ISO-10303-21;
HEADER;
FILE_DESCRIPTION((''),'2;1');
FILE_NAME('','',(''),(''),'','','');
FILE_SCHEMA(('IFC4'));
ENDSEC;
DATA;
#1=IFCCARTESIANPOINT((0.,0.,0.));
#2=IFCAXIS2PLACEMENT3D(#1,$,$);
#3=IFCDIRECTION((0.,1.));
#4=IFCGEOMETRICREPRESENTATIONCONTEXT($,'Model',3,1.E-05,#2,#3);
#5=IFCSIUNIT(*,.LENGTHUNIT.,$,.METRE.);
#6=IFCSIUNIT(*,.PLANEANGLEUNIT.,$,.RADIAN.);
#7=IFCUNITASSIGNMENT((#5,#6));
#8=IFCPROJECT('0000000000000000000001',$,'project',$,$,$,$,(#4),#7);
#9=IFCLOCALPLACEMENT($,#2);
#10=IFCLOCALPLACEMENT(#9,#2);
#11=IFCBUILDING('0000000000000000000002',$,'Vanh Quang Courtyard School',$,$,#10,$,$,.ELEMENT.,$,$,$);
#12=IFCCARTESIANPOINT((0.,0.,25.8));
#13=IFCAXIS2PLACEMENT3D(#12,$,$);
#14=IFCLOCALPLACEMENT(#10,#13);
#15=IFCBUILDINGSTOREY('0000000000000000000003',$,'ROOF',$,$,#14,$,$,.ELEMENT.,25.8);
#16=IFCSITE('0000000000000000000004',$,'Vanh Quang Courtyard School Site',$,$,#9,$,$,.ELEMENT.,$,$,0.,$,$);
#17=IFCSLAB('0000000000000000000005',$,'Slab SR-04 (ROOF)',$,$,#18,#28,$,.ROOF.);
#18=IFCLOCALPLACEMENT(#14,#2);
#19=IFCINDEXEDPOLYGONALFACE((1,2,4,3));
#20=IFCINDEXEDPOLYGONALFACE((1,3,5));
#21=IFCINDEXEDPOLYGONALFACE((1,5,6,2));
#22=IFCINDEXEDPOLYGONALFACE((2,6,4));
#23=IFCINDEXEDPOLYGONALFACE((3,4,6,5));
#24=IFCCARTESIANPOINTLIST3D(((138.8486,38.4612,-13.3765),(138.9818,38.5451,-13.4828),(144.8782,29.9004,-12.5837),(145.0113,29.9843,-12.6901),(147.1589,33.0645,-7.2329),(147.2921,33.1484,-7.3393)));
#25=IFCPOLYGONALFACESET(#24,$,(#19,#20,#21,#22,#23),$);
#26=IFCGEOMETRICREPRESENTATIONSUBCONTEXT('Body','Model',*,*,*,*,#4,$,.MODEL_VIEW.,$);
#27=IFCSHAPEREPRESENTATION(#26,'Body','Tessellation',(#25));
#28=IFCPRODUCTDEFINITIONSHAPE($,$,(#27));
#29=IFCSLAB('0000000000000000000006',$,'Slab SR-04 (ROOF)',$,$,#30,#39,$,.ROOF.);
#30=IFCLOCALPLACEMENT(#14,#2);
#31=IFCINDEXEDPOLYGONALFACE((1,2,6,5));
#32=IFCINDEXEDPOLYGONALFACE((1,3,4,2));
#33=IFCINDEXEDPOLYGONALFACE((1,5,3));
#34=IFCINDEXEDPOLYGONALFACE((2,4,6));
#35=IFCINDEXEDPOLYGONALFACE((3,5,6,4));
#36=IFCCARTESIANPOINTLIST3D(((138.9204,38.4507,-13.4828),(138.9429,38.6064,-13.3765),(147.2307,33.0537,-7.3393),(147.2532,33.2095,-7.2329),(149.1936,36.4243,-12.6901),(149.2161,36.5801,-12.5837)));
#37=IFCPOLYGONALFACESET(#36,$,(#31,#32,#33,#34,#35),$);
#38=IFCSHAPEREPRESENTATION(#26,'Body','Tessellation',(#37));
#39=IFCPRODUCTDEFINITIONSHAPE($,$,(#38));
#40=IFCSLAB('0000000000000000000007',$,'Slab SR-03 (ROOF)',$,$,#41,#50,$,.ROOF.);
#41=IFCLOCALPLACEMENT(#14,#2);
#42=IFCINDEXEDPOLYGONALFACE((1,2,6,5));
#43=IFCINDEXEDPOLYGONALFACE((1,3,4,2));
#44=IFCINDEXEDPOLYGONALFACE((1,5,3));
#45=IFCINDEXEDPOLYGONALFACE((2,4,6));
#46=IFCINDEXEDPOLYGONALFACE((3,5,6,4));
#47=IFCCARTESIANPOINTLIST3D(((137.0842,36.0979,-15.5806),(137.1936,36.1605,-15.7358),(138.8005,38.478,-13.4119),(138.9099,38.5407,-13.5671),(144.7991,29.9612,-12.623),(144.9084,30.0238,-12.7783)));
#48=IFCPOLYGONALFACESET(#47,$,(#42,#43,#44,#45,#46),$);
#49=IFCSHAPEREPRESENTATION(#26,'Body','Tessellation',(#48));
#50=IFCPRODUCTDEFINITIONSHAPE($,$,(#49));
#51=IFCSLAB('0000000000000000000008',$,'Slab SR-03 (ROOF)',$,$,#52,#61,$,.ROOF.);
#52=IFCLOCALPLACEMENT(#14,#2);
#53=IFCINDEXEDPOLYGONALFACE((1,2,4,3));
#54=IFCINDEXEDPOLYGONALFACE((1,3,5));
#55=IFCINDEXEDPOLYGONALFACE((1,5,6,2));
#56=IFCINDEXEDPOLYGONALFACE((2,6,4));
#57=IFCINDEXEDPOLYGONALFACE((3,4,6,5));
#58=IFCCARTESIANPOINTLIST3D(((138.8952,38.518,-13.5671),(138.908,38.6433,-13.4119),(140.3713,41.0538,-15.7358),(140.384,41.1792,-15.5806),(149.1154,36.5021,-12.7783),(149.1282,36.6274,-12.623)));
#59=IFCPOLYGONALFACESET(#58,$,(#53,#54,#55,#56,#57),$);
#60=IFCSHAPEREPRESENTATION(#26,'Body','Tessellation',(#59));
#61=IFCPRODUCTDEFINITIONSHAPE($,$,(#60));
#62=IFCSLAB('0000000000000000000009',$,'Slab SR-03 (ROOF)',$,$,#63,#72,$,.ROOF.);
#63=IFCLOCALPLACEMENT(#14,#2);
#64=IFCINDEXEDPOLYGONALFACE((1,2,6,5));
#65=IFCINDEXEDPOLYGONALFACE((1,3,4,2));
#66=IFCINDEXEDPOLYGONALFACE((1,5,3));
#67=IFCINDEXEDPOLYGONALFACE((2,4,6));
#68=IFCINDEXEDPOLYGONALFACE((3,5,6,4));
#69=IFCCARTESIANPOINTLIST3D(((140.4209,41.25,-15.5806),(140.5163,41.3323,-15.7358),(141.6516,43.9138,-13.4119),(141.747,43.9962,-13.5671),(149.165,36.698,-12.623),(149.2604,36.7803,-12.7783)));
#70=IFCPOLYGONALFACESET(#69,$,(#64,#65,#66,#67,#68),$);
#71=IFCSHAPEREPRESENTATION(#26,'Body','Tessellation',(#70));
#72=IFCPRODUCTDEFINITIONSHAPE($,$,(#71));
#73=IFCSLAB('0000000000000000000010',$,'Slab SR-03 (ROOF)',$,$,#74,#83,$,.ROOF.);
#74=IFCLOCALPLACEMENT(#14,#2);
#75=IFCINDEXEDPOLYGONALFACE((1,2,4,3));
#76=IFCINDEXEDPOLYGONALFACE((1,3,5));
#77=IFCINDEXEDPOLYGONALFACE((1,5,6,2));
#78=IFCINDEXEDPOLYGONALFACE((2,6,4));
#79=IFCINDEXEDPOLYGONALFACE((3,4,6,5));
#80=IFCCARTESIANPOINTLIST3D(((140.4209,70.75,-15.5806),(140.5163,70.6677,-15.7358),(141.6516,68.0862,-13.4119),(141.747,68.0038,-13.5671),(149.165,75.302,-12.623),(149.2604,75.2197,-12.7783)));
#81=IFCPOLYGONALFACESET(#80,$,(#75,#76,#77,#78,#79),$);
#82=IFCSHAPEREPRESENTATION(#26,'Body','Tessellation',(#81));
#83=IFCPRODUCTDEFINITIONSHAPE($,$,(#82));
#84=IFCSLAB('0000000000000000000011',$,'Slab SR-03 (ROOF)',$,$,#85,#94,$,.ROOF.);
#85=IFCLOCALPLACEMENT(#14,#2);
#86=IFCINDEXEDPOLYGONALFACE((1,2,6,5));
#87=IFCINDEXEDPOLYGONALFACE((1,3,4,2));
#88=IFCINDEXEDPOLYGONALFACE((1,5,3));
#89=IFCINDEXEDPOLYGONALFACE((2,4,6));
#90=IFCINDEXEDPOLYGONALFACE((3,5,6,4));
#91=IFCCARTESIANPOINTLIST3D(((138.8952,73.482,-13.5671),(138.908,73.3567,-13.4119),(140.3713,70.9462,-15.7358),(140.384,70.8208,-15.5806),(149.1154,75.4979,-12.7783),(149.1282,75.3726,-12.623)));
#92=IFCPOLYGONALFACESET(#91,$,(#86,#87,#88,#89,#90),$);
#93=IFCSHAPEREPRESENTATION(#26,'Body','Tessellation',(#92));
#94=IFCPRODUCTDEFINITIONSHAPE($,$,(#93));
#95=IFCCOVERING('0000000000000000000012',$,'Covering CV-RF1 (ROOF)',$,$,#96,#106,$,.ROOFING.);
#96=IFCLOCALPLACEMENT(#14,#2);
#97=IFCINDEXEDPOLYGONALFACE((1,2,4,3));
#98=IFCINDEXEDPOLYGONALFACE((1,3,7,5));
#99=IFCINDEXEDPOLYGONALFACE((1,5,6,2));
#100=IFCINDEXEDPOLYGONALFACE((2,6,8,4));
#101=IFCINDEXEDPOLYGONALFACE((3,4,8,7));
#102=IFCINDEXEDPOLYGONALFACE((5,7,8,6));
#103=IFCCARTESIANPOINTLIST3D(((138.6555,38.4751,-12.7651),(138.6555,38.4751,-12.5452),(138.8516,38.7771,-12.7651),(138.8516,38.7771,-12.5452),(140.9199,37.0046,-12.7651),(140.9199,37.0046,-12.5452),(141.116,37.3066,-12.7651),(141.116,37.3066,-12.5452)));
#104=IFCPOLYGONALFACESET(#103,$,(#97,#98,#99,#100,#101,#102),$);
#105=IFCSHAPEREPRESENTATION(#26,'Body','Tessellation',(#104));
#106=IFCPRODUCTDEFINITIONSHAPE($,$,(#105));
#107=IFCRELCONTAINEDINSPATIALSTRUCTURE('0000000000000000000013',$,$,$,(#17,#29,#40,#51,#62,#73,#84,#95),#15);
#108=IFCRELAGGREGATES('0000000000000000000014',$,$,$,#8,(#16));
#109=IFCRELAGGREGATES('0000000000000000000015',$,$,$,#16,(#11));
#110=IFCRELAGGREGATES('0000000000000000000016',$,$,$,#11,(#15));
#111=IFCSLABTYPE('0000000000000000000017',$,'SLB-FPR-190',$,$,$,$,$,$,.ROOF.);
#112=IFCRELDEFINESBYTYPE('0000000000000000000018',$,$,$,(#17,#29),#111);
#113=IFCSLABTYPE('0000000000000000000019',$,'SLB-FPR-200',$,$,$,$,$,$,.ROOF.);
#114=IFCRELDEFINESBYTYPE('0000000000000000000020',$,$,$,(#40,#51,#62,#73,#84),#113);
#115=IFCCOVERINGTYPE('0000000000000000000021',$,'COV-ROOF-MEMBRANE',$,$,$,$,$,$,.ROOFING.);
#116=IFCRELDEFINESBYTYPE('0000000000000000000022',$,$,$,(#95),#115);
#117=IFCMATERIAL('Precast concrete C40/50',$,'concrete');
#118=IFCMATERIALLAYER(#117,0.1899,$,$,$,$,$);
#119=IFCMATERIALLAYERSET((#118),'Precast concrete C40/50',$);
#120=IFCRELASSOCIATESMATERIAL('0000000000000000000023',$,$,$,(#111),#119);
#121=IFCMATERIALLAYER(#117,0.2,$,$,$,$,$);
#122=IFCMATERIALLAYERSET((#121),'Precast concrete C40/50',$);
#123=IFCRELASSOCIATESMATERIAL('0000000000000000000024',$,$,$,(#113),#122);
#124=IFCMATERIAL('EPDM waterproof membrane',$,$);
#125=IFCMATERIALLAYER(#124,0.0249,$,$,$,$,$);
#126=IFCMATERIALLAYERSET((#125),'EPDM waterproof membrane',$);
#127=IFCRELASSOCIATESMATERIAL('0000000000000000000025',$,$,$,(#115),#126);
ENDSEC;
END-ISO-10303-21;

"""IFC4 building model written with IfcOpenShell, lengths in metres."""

from ifc_helpers import new_model, si_unit, direction, frame, origin, origin_2d, place, context, subcontext, project, spatial, polyline, rectangle, outline, extrude, material, layer, layer_set, type_object, element, save


model = new_model("IFC4")

# Units and contexts
model_context = context("Model", 3, precision=1e-05, world=origin(), true_north=direction((0.0, 1.0)))
body_context = subcontext(model_context, "Body", "Model", "MODEL_VIEW")
ifc_project = project(units=[si_unit("LENGTHUNIT", "METRE"), si_unit("PLANEANGLEUNIT", "RADIAN")], contexts=[model_context])

# Site, building, storey
site_placement = place(None, origin())
site = spatial("IfcSite", under=ifc_project, at=site_placement, Name="Vanh Quang Courtyard School Site", CompositionType="ELEMENT", RefElevation=0.0)
building_placement = place(site_placement, origin())
building = spatial("IfcBuilding", under=site, at=building_placement, Name="Vanh Quang Courtyard School", CompositionType="ELEMENT")
storey_placement = place(building_placement, frame((0.0, 0.0, 25.8)))
storey = spatial("IfcBuildingStorey", under=building, at=storey_placement, Name="ROOF", CompositionType="ELEMENT", Elevation=25.8)

# Slabs
ifc_material_1 = material(Name="Precast concrete C40/50", Category="concrete")
ifc_layer_1 = layer(ifc_material_1, 0.1899)
ifc_layer_set_1 = layer_set([ifc_layer_1], Name="Precast concrete C40/50")
slab_type_1 = type_object("IfcSlabType", Name="SLB-FPR-190", PredefinedType="ROOF", material=ifc_layer_set_1)
slab_1_placement = place(storey_placement, frame((138.8486, 38.4612, -13.3765), z_axis=(-0.700882, -0.441791, 0.559987), x_axis=(0.574188, -0.815236, 0.07549)))
element("IfcSlab", 1, at=slab_1_placement, inside=storey, type_object=slab_type_1, Name="Slab SR-04 (ROOF)", PredefinedType="ROOF", context=body_context, shape_type="SweptSolid", body=[
    extrude(outline(polyline([(0.0, 0.0), (10.501, 0.0), (9.6351, 6.5647), (0.0, 0.0)])), origin(), (0.0, 0.0, -1.0), 0.1899),
])
slab_2_placement = place(storey_placement, frame((138.9429, 38.6064, -13.3765), z_axis=(0.118526, 0.819972, 0.559998), x_axis=(0.712782, -0.462903, 0.526938)))
element("IfcSlab", 2, at=slab_2_placement, inside=storey, type_object=slab_type_1, Name="Slab SR-04 (ROOF)", PredefinedType="ROOF", context=body_context, shape_type="SweptSolid", body=[
    extrude(outline(polyline([(0.0, 0.0), (11.659, 0.0), (8.6783, 5.9128), (0.0, 0.0)])), origin(), (0.0, 0.0, -1.0), 0.1899),
])
ifc_layer_2 = layer(ifc_material_1, 0.2)
ifc_layer_set_2 = layer_set([ifc_layer_2], Name="Precast concrete C40/50")
slab_type_2 = type_object("IfcSlabType", Name="SLB-FPR-200", PredefinedType="ROOF", material=ifc_layer_set_2)
slab_3_placement = place(storey_placement, frame((137.0842, 36.0979, -15.5806), z_axis=(-0.5468, -0.313203, 0.776475), x_axis=(0.749597, -0.596262, 0.287361)))
element("IfcSlab", 3, at=slab_3_placement, inside=storey, type_object=slab_type_2, Name="Slab SR-03 (ROOF)", PredefinedType="ROOF", context=body_context, shape_type="SweptSolid", body=[
    extrude(outline(polyline([(0.0, 0.0), (10.292, 0.0), (0.4906, 3.6157), (0.0, 0.0)])), origin(), (0.0, 0.0, -1.0), 0.2),
])
slab_4_placement = place(storey_placement, frame((138.908, 38.6433, -13.4119), z_axis=(0.06373, 0.626936, 0.77646), x_axis=(0.978297, -0.192962, 0.075507)))
element("IfcSlab", 4, at=slab_4_placement, inside=storey, type_object=slab_type_2, Name="Slab SR-03 (ROOF)", PredefinedType="ROOF", context=body_context, shape_type="SweptSolid", body=[
    extrude(outline(polyline([(0.0, 0.0), (10.4469, 0.0), (0.791, 3.5619), (0.0, 0.0)])), origin(), (0.0, 0.0, -1.0), 0.2),
])
slab_5_placement = place(storey_placement, frame((140.4209, 41.25, -15.5806), z_axis=(-0.476991, -0.411781, 0.776477), x_axis=(0.849596, -0.442281, 0.287358)))
element("IfcSlab", 5, at=slab_5_placement, inside=storey, type_object=slab_type_2, Name="Slab SR-03 (ROOF)", PredefinedType="ROOF", context=body_context, shape_type="SweptSolid", body=[
    extrude(outline(polyline([(0.0, 0.0), (10.2921, 0.0), (0.4906, 3.6157), (0.0, 0.0)])), origin(), (0.0, 0.0, -1.0), 0.2),
])
slab_6_placement = place(storey_placement, frame((141.6516, 68.0862, -13.4119), z_axis=(-0.476991, 0.411781, 0.776477), x_axis=(0.719188, 0.690701, 0.075506)))
element("IfcSlab", 6, at=slab_6_placement, inside=storey, type_object=slab_type_2, Name="Slab SR-03 (ROOF)", PredefinedType="ROOF", context=body_context, shape_type="SweptSolid", body=[
    extrude(outline(polyline([(0.0, 0.0), (10.4471, 0.0), (0.791, 3.562), (0.0, 0.0)])), origin(), (0.0, 0.0, -1.0), 0.2),
])
slab_7_placement = place(storey_placement, frame((140.384, 70.8208, -15.5806), z_axis=(0.06373, -0.626936, 0.77646), x_axis=(0.849605, 0.442261, 0.287361)))
element("IfcSlab", 7, at=slab_7_placement, inside=storey, type_object=slab_type_2, Name="Slab SR-03 (ROOF)", PredefinedType="ROOF", context=body_context, shape_type="SweptSolid", body=[
    extrude(outline(polyline([(0.0, 0.0), (10.292, 0.0), (0.4906, 3.6155), (0.0, 0.0)])), origin(), (0.0, 0.0, -1.0), 0.2),
])

# Covering
ifc_material_2 = material(Name="EPDM waterproof membrane")
ifc_layer_3 = layer(ifc_material_2, 0.0249)
ifc_layer_set_3 = layer_set([ifc_layer_3], Name="EPDM waterproof membrane")
covering_type = type_object("IfcCoveringType", Name="COV-ROOF-MEMBRANE", PredefinedType="ROOFING", material=ifc_layer_set_3)
covering_placement = place(storey_placement, frame((139.8857, 37.8909, -12.7651), z_axis=(0.0, 0.0, 1.0), x_axis=(0.838671, -0.544639, 0.0)))
element("IfcCovering", 8, at=covering_placement, inside=storey, type_object=covering_type, Name="Covering CV-RF1 (ROOF)", PredefinedType="ROOFING", context=body_context, shape_type="SweptSolid", body=[
    extrude(rectangle(XDim=2.7, YDim=0.3601, at=origin_2d()), origin(), (0.0, 0.0, 1.0), 0.22),
])

save(model, "model.ifc")
